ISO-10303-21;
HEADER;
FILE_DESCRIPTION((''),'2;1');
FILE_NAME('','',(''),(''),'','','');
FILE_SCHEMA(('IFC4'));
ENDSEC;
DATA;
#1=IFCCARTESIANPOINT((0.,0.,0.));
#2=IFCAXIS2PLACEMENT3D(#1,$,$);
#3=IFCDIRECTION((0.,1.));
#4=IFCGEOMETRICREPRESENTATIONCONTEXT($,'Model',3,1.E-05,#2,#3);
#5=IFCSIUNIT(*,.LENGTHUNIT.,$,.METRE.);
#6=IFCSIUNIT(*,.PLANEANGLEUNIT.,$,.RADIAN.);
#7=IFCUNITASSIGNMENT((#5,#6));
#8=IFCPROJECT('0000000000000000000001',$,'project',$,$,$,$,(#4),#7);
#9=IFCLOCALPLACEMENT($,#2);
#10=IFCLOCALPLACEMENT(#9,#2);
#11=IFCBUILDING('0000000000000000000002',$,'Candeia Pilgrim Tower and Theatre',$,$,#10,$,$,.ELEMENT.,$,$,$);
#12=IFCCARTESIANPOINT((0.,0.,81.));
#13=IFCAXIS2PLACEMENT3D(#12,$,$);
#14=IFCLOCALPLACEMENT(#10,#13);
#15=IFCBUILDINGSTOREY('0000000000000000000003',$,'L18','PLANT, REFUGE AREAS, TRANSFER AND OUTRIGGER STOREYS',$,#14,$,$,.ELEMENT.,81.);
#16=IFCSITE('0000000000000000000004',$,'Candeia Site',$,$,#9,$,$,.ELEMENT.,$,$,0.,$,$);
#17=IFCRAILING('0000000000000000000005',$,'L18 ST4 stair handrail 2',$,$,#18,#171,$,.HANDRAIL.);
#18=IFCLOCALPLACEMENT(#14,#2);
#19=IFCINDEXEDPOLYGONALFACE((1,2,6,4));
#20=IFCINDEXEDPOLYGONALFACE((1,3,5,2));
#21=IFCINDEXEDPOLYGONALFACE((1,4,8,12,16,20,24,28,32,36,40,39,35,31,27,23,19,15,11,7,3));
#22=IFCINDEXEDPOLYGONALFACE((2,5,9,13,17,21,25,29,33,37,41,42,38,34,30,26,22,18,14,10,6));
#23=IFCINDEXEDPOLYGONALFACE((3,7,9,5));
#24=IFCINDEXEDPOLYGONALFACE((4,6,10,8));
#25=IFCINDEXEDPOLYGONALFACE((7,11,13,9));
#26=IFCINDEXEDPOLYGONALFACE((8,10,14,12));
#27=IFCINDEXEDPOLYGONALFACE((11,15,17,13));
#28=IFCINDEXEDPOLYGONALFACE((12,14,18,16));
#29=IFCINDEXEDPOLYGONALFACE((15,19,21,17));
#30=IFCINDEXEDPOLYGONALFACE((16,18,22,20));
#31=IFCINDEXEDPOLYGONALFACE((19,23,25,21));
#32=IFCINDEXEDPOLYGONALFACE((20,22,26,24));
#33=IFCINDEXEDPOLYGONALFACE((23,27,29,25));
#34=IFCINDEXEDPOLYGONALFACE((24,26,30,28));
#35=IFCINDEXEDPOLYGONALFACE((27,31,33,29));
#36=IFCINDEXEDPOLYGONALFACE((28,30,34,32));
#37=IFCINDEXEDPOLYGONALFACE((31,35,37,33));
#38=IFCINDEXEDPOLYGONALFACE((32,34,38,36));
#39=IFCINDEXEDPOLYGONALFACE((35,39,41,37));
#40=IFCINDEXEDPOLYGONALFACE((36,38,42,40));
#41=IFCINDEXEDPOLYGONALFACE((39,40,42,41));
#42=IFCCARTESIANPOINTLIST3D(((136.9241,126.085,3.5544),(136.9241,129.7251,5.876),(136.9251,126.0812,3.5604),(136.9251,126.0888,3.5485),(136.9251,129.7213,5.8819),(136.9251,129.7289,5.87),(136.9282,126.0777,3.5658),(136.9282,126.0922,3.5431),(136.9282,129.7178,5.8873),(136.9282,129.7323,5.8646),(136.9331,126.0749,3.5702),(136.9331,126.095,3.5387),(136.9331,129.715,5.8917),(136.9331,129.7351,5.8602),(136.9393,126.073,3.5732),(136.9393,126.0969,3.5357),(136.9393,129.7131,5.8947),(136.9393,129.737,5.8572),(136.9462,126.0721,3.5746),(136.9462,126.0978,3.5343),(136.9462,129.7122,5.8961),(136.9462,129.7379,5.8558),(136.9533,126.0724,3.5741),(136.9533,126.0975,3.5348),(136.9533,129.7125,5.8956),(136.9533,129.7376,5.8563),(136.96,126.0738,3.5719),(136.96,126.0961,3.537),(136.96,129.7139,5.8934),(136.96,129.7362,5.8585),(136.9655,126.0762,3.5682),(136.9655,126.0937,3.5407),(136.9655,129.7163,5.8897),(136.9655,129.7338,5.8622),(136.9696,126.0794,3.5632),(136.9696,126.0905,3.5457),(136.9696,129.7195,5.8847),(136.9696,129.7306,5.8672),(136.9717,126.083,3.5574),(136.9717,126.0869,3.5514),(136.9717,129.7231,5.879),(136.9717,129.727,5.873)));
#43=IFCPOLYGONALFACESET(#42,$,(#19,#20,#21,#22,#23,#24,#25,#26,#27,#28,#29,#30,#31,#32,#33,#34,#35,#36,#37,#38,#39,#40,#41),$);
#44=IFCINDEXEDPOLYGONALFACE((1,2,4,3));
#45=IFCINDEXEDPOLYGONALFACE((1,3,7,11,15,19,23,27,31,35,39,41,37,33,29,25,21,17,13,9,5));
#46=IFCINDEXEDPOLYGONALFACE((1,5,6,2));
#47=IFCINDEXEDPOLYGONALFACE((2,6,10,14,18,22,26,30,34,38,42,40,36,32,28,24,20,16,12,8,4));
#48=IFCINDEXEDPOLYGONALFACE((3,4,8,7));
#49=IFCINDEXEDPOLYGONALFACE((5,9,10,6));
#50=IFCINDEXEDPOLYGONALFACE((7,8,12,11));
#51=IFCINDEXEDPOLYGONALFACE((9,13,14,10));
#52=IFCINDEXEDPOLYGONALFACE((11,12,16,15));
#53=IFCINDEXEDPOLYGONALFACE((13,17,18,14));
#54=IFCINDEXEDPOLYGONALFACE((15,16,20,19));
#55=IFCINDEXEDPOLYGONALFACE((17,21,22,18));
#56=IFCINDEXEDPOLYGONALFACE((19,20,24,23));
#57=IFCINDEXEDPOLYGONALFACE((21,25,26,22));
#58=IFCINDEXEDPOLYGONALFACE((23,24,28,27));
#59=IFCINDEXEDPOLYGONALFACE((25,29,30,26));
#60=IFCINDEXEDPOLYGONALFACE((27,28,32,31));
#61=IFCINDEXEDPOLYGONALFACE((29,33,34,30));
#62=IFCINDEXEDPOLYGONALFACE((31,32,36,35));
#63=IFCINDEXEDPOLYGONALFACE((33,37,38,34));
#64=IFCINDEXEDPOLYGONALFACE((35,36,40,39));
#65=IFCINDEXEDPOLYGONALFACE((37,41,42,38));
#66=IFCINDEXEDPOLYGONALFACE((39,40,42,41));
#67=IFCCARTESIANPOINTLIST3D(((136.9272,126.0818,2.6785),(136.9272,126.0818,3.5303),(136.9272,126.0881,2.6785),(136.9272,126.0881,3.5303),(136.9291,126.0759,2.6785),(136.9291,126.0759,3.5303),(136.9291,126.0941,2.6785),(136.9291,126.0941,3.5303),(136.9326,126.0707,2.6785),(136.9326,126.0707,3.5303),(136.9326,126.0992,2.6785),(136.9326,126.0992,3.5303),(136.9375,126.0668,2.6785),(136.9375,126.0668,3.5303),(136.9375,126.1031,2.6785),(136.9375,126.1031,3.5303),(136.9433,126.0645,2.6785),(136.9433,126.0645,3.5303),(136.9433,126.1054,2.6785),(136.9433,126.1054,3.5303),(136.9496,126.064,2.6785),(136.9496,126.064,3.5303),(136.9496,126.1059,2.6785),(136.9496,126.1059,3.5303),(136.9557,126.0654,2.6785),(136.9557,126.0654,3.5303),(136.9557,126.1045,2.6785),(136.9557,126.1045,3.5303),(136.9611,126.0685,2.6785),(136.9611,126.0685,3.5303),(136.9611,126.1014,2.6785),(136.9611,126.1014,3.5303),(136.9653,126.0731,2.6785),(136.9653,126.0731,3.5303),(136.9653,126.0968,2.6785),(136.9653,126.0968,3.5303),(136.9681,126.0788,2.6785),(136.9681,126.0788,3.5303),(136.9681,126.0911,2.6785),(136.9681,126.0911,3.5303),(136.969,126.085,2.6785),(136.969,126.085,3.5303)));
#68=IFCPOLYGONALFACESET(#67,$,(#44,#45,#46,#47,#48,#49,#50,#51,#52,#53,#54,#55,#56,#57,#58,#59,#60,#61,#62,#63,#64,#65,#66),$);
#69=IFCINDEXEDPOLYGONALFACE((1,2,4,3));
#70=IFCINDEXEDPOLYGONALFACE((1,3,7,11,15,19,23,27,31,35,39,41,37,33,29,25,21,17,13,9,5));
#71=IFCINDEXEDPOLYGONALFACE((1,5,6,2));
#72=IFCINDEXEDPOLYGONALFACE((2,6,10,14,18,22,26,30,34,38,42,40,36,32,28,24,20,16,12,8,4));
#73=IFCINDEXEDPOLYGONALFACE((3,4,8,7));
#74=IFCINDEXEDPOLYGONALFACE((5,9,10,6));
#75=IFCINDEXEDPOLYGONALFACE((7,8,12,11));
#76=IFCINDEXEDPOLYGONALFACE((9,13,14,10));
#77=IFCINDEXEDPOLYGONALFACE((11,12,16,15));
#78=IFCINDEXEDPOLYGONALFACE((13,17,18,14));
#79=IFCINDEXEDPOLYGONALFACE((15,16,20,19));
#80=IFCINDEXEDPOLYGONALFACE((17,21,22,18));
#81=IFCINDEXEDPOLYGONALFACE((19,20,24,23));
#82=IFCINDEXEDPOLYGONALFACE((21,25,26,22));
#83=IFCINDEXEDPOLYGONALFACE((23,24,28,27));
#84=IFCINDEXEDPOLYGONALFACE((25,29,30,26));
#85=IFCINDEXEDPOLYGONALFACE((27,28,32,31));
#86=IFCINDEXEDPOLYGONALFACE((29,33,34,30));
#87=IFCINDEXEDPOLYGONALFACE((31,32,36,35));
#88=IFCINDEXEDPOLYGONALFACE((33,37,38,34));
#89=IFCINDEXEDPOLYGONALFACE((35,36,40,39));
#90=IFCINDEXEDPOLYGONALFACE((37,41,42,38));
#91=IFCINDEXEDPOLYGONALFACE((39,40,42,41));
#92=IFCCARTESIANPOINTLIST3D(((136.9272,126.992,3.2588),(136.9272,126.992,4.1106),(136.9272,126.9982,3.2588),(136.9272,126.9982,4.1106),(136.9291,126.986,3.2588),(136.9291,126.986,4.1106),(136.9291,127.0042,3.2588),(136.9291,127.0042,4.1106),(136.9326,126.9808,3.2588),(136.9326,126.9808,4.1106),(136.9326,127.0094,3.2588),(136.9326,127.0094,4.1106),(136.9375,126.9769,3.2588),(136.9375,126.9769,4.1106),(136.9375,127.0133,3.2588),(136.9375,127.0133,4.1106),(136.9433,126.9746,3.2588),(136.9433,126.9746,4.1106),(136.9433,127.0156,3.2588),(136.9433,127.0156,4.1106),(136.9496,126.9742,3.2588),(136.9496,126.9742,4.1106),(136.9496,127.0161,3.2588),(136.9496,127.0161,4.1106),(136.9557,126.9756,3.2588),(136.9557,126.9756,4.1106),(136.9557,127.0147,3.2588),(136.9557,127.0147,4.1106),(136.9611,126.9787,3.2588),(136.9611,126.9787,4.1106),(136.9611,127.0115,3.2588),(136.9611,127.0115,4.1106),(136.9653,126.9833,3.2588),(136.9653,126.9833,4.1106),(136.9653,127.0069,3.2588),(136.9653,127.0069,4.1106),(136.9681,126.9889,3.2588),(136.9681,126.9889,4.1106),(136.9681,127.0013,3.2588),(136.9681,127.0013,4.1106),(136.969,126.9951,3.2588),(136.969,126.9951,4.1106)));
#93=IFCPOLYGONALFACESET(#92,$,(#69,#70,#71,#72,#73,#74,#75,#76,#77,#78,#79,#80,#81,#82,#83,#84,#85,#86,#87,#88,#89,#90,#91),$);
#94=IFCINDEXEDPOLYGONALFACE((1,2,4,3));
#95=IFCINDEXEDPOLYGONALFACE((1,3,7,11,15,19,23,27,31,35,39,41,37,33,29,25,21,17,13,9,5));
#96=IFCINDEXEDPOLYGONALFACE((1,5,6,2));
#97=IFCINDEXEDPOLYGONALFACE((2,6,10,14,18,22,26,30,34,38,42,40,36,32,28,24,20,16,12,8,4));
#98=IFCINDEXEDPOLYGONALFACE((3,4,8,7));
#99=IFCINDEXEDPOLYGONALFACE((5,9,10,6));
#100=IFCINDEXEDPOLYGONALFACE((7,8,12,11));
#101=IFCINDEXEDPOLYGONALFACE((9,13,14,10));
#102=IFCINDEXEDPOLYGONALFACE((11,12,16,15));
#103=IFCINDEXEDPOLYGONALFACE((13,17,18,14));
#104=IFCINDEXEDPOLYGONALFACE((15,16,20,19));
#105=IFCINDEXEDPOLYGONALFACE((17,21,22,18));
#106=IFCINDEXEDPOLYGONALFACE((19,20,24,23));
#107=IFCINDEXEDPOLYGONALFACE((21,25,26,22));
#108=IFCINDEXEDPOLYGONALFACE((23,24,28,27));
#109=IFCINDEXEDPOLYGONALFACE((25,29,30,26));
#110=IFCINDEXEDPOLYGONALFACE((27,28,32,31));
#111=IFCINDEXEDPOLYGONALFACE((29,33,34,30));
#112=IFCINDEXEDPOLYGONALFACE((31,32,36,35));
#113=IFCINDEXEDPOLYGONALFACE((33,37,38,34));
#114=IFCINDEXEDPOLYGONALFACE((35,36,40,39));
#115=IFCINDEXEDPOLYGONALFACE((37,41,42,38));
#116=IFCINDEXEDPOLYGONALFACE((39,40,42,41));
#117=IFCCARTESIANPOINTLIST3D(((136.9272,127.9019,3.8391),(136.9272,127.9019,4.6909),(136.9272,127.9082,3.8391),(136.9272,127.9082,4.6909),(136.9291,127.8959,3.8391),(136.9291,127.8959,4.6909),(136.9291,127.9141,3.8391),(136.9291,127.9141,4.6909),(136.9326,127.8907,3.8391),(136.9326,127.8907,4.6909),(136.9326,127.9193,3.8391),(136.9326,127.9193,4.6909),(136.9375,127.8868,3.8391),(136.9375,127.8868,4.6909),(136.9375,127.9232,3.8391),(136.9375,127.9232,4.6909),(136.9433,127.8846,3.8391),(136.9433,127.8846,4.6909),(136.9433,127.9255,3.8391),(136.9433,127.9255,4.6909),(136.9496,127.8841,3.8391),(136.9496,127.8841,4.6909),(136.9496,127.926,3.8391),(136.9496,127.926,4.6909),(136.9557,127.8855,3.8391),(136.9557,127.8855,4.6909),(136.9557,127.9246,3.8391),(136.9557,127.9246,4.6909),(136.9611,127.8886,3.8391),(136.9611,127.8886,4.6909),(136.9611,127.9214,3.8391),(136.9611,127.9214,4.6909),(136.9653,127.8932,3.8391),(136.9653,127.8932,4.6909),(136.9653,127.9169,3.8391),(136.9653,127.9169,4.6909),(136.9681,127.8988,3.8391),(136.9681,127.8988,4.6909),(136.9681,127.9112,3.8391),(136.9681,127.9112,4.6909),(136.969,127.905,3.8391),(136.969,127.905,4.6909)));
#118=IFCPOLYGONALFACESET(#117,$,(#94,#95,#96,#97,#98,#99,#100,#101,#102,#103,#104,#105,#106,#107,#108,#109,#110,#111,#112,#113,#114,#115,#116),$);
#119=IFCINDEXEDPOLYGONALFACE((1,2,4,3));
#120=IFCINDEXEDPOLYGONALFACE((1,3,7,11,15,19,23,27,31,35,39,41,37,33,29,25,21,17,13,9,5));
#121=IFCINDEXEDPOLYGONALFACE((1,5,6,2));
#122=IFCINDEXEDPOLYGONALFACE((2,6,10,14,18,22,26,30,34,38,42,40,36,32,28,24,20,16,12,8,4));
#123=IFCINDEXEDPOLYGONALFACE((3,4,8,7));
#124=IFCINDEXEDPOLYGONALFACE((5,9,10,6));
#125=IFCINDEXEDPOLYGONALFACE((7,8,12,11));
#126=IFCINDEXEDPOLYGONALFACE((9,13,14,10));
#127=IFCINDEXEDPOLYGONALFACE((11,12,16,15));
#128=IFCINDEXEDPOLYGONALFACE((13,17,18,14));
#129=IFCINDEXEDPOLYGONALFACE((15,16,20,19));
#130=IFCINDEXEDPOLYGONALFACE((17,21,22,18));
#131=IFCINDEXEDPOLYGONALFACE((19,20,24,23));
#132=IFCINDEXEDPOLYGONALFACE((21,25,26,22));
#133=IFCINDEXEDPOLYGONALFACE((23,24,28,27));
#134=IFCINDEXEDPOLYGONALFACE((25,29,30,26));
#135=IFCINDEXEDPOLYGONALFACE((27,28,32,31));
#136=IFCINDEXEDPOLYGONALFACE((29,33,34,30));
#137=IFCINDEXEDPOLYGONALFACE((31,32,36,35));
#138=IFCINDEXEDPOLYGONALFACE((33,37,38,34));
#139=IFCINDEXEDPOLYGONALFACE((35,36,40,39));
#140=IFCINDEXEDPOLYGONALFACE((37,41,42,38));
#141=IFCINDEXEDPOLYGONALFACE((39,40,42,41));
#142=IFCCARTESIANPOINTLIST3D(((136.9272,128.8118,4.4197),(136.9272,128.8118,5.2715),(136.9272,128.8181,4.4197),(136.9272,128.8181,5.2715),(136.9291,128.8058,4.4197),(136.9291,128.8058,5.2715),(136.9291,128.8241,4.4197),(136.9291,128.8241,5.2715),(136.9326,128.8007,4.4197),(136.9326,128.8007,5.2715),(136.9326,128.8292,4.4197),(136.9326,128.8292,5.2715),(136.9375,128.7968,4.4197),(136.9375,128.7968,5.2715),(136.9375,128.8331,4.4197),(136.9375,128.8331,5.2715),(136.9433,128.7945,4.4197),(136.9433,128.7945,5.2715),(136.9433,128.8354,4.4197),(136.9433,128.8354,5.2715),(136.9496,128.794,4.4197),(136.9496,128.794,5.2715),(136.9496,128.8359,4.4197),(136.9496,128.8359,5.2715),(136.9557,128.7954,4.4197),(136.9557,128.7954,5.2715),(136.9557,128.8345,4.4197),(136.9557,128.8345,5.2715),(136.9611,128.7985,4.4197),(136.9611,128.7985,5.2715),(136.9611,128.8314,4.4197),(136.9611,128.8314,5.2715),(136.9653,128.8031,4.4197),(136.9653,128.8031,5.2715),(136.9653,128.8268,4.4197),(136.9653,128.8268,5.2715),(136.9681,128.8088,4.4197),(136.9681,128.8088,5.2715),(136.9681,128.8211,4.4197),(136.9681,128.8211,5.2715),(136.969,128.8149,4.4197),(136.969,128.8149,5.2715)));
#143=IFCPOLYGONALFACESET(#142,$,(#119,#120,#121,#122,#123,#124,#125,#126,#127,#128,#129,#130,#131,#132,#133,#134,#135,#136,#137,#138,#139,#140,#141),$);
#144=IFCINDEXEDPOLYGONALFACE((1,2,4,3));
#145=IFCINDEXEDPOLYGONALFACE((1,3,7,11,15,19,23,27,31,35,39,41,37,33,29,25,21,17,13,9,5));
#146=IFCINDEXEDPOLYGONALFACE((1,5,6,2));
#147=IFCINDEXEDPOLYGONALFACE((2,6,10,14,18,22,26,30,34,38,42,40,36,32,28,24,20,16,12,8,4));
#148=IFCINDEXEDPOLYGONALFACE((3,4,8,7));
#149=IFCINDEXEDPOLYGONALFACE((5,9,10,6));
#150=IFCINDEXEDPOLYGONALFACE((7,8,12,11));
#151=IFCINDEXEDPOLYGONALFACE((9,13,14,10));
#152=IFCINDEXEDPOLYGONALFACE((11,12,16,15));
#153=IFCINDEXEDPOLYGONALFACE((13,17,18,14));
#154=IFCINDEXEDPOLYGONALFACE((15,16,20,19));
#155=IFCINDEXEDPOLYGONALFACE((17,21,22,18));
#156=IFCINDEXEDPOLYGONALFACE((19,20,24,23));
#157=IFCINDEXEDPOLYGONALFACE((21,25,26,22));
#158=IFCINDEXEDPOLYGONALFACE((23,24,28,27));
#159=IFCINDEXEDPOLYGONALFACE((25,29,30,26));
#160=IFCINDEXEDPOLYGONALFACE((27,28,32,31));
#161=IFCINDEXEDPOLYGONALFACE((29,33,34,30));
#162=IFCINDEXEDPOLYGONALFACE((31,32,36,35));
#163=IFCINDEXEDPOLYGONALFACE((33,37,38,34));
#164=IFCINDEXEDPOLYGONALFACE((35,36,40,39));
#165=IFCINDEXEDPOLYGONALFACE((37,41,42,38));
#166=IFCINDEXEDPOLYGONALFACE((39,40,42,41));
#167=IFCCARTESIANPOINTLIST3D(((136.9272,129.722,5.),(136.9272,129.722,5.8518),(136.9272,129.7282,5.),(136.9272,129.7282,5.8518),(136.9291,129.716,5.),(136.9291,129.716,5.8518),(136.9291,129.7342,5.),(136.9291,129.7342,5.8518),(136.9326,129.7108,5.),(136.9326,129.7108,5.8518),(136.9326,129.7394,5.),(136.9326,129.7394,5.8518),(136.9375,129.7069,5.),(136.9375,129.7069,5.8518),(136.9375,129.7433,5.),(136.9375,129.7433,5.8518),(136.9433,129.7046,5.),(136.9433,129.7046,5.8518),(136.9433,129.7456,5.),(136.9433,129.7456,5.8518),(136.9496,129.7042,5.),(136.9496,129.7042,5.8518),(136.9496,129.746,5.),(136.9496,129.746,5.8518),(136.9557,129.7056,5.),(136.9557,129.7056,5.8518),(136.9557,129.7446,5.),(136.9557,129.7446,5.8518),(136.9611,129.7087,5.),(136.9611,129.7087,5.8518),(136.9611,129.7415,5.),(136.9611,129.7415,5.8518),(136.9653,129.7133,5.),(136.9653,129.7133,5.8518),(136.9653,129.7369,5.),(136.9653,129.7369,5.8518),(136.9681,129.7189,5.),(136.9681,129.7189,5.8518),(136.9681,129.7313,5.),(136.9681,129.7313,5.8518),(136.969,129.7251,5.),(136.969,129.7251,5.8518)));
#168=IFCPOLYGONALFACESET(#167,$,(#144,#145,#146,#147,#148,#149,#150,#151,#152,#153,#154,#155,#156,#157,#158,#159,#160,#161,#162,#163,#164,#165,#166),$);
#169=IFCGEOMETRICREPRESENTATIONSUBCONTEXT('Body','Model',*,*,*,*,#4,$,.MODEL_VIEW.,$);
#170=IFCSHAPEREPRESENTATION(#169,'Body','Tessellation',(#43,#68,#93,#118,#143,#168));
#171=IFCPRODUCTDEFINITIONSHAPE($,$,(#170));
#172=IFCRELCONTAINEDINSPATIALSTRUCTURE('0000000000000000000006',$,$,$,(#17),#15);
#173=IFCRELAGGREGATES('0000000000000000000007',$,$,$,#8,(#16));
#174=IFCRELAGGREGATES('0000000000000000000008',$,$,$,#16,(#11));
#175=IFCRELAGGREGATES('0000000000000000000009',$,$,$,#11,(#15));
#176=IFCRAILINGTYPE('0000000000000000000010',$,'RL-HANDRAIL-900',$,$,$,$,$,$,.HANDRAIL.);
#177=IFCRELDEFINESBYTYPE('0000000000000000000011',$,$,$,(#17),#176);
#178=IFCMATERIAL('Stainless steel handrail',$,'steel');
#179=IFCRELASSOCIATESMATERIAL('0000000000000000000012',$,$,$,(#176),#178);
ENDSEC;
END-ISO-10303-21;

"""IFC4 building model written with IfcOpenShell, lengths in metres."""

from ifc_helpers import new_model, si_unit, direction, frame, origin, origin_2d, place, context, subcontext, project, spatial, circle, extrude, material, type_object, element, save


model = new_model("IFC4")

# Units and contexts
model_context = context("Model", 3, precision=1e-05, world=origin(), true_north=direction((0.0, 1.0)))
body_context = subcontext(model_context, "Body", "Model", "MODEL_VIEW")
ifc_project = project(units=[si_unit("LENGTHUNIT", "METRE"), si_unit("PLANEANGLEUNIT", "RADIAN")], contexts=[model_context])

# Site, building, storey
site_placement = place(None, origin())
site = spatial("IfcSite", under=ifc_project, at=site_placement, Name="Candeia Site", CompositionType="ELEMENT", RefElevation=0.0)
building_placement = place(site_placement, origin())
building = spatial("IfcBuilding", under=site, at=building_placement, Name="Candeia Pilgrim Tower and Theatre", CompositionType="ELEMENT")
storey_placement = place(building_placement, frame((0.0, 0.0, 81.0)))
storey = spatial("IfcBuildingStorey", under=building, at=storey_placement, Name="L18", Description="PLANT, REFUGE AREAS, TRANSFER AND OUTRIGGER STOREYS", CompositionType="ELEMENT", Elevation=81.0)

# Railing
ifc_material_1 = material(Name="Stainless steel handrail", Category="steel")
railing_type_1 = type_object("IfcRailingType", Name="RL-HANDRAIL-900", PredefinedType="HANDRAIL", material=ifc_material_1)
railing_1_placement = place(storey_placement, frame((136.948, 126.085, 2.6785)))
element("IfcRailing", 1, at=railing_1_placement, inside=storey, type_object=railing_type_1, Name="L18 ST4 stair handrail 2", PredefinedType="HANDRAIL", context=body_context, shape_type="SweptSolid", body=[
    extrude(circle(Radius=0.0239, at=origin_2d()), frame((0.0, 0.0, 0.876), z_axis=(0.0, 0.843128, 0.537713), x_axis=(-1.0, 0.0, 0.0)), (0.0, 0.0, 1.0), 4.3174),
    extrude(circle(Radius=0.021, at=origin_2d()), origin(), (0.0, 0.0, 1.0), 0.8518),
    extrude(circle(Radius=0.021, at=origin_2d()), frame((0.0, 0.9102, 0.5803)), (0.0, 0.0, 1.0), 0.8518),
    extrude(circle(Radius=0.021, at=origin_2d()), frame((0.0, 1.8201, 1.1606)), (0.0, 0.0, 1.0), 0.8518),
    extrude(circle(Radius=0.021, at=origin_2d()), frame((0.0, 2.73, 1.7412)), (0.0, 0.0, 1.0), 0.8518),
    extrude(circle(Radius=0.021, at=origin_2d()), frame((0.0, 3.6401, 2.3215)), (0.0, 0.0, 1.0), 0.8518),
])

save(model, "model.ifc")
